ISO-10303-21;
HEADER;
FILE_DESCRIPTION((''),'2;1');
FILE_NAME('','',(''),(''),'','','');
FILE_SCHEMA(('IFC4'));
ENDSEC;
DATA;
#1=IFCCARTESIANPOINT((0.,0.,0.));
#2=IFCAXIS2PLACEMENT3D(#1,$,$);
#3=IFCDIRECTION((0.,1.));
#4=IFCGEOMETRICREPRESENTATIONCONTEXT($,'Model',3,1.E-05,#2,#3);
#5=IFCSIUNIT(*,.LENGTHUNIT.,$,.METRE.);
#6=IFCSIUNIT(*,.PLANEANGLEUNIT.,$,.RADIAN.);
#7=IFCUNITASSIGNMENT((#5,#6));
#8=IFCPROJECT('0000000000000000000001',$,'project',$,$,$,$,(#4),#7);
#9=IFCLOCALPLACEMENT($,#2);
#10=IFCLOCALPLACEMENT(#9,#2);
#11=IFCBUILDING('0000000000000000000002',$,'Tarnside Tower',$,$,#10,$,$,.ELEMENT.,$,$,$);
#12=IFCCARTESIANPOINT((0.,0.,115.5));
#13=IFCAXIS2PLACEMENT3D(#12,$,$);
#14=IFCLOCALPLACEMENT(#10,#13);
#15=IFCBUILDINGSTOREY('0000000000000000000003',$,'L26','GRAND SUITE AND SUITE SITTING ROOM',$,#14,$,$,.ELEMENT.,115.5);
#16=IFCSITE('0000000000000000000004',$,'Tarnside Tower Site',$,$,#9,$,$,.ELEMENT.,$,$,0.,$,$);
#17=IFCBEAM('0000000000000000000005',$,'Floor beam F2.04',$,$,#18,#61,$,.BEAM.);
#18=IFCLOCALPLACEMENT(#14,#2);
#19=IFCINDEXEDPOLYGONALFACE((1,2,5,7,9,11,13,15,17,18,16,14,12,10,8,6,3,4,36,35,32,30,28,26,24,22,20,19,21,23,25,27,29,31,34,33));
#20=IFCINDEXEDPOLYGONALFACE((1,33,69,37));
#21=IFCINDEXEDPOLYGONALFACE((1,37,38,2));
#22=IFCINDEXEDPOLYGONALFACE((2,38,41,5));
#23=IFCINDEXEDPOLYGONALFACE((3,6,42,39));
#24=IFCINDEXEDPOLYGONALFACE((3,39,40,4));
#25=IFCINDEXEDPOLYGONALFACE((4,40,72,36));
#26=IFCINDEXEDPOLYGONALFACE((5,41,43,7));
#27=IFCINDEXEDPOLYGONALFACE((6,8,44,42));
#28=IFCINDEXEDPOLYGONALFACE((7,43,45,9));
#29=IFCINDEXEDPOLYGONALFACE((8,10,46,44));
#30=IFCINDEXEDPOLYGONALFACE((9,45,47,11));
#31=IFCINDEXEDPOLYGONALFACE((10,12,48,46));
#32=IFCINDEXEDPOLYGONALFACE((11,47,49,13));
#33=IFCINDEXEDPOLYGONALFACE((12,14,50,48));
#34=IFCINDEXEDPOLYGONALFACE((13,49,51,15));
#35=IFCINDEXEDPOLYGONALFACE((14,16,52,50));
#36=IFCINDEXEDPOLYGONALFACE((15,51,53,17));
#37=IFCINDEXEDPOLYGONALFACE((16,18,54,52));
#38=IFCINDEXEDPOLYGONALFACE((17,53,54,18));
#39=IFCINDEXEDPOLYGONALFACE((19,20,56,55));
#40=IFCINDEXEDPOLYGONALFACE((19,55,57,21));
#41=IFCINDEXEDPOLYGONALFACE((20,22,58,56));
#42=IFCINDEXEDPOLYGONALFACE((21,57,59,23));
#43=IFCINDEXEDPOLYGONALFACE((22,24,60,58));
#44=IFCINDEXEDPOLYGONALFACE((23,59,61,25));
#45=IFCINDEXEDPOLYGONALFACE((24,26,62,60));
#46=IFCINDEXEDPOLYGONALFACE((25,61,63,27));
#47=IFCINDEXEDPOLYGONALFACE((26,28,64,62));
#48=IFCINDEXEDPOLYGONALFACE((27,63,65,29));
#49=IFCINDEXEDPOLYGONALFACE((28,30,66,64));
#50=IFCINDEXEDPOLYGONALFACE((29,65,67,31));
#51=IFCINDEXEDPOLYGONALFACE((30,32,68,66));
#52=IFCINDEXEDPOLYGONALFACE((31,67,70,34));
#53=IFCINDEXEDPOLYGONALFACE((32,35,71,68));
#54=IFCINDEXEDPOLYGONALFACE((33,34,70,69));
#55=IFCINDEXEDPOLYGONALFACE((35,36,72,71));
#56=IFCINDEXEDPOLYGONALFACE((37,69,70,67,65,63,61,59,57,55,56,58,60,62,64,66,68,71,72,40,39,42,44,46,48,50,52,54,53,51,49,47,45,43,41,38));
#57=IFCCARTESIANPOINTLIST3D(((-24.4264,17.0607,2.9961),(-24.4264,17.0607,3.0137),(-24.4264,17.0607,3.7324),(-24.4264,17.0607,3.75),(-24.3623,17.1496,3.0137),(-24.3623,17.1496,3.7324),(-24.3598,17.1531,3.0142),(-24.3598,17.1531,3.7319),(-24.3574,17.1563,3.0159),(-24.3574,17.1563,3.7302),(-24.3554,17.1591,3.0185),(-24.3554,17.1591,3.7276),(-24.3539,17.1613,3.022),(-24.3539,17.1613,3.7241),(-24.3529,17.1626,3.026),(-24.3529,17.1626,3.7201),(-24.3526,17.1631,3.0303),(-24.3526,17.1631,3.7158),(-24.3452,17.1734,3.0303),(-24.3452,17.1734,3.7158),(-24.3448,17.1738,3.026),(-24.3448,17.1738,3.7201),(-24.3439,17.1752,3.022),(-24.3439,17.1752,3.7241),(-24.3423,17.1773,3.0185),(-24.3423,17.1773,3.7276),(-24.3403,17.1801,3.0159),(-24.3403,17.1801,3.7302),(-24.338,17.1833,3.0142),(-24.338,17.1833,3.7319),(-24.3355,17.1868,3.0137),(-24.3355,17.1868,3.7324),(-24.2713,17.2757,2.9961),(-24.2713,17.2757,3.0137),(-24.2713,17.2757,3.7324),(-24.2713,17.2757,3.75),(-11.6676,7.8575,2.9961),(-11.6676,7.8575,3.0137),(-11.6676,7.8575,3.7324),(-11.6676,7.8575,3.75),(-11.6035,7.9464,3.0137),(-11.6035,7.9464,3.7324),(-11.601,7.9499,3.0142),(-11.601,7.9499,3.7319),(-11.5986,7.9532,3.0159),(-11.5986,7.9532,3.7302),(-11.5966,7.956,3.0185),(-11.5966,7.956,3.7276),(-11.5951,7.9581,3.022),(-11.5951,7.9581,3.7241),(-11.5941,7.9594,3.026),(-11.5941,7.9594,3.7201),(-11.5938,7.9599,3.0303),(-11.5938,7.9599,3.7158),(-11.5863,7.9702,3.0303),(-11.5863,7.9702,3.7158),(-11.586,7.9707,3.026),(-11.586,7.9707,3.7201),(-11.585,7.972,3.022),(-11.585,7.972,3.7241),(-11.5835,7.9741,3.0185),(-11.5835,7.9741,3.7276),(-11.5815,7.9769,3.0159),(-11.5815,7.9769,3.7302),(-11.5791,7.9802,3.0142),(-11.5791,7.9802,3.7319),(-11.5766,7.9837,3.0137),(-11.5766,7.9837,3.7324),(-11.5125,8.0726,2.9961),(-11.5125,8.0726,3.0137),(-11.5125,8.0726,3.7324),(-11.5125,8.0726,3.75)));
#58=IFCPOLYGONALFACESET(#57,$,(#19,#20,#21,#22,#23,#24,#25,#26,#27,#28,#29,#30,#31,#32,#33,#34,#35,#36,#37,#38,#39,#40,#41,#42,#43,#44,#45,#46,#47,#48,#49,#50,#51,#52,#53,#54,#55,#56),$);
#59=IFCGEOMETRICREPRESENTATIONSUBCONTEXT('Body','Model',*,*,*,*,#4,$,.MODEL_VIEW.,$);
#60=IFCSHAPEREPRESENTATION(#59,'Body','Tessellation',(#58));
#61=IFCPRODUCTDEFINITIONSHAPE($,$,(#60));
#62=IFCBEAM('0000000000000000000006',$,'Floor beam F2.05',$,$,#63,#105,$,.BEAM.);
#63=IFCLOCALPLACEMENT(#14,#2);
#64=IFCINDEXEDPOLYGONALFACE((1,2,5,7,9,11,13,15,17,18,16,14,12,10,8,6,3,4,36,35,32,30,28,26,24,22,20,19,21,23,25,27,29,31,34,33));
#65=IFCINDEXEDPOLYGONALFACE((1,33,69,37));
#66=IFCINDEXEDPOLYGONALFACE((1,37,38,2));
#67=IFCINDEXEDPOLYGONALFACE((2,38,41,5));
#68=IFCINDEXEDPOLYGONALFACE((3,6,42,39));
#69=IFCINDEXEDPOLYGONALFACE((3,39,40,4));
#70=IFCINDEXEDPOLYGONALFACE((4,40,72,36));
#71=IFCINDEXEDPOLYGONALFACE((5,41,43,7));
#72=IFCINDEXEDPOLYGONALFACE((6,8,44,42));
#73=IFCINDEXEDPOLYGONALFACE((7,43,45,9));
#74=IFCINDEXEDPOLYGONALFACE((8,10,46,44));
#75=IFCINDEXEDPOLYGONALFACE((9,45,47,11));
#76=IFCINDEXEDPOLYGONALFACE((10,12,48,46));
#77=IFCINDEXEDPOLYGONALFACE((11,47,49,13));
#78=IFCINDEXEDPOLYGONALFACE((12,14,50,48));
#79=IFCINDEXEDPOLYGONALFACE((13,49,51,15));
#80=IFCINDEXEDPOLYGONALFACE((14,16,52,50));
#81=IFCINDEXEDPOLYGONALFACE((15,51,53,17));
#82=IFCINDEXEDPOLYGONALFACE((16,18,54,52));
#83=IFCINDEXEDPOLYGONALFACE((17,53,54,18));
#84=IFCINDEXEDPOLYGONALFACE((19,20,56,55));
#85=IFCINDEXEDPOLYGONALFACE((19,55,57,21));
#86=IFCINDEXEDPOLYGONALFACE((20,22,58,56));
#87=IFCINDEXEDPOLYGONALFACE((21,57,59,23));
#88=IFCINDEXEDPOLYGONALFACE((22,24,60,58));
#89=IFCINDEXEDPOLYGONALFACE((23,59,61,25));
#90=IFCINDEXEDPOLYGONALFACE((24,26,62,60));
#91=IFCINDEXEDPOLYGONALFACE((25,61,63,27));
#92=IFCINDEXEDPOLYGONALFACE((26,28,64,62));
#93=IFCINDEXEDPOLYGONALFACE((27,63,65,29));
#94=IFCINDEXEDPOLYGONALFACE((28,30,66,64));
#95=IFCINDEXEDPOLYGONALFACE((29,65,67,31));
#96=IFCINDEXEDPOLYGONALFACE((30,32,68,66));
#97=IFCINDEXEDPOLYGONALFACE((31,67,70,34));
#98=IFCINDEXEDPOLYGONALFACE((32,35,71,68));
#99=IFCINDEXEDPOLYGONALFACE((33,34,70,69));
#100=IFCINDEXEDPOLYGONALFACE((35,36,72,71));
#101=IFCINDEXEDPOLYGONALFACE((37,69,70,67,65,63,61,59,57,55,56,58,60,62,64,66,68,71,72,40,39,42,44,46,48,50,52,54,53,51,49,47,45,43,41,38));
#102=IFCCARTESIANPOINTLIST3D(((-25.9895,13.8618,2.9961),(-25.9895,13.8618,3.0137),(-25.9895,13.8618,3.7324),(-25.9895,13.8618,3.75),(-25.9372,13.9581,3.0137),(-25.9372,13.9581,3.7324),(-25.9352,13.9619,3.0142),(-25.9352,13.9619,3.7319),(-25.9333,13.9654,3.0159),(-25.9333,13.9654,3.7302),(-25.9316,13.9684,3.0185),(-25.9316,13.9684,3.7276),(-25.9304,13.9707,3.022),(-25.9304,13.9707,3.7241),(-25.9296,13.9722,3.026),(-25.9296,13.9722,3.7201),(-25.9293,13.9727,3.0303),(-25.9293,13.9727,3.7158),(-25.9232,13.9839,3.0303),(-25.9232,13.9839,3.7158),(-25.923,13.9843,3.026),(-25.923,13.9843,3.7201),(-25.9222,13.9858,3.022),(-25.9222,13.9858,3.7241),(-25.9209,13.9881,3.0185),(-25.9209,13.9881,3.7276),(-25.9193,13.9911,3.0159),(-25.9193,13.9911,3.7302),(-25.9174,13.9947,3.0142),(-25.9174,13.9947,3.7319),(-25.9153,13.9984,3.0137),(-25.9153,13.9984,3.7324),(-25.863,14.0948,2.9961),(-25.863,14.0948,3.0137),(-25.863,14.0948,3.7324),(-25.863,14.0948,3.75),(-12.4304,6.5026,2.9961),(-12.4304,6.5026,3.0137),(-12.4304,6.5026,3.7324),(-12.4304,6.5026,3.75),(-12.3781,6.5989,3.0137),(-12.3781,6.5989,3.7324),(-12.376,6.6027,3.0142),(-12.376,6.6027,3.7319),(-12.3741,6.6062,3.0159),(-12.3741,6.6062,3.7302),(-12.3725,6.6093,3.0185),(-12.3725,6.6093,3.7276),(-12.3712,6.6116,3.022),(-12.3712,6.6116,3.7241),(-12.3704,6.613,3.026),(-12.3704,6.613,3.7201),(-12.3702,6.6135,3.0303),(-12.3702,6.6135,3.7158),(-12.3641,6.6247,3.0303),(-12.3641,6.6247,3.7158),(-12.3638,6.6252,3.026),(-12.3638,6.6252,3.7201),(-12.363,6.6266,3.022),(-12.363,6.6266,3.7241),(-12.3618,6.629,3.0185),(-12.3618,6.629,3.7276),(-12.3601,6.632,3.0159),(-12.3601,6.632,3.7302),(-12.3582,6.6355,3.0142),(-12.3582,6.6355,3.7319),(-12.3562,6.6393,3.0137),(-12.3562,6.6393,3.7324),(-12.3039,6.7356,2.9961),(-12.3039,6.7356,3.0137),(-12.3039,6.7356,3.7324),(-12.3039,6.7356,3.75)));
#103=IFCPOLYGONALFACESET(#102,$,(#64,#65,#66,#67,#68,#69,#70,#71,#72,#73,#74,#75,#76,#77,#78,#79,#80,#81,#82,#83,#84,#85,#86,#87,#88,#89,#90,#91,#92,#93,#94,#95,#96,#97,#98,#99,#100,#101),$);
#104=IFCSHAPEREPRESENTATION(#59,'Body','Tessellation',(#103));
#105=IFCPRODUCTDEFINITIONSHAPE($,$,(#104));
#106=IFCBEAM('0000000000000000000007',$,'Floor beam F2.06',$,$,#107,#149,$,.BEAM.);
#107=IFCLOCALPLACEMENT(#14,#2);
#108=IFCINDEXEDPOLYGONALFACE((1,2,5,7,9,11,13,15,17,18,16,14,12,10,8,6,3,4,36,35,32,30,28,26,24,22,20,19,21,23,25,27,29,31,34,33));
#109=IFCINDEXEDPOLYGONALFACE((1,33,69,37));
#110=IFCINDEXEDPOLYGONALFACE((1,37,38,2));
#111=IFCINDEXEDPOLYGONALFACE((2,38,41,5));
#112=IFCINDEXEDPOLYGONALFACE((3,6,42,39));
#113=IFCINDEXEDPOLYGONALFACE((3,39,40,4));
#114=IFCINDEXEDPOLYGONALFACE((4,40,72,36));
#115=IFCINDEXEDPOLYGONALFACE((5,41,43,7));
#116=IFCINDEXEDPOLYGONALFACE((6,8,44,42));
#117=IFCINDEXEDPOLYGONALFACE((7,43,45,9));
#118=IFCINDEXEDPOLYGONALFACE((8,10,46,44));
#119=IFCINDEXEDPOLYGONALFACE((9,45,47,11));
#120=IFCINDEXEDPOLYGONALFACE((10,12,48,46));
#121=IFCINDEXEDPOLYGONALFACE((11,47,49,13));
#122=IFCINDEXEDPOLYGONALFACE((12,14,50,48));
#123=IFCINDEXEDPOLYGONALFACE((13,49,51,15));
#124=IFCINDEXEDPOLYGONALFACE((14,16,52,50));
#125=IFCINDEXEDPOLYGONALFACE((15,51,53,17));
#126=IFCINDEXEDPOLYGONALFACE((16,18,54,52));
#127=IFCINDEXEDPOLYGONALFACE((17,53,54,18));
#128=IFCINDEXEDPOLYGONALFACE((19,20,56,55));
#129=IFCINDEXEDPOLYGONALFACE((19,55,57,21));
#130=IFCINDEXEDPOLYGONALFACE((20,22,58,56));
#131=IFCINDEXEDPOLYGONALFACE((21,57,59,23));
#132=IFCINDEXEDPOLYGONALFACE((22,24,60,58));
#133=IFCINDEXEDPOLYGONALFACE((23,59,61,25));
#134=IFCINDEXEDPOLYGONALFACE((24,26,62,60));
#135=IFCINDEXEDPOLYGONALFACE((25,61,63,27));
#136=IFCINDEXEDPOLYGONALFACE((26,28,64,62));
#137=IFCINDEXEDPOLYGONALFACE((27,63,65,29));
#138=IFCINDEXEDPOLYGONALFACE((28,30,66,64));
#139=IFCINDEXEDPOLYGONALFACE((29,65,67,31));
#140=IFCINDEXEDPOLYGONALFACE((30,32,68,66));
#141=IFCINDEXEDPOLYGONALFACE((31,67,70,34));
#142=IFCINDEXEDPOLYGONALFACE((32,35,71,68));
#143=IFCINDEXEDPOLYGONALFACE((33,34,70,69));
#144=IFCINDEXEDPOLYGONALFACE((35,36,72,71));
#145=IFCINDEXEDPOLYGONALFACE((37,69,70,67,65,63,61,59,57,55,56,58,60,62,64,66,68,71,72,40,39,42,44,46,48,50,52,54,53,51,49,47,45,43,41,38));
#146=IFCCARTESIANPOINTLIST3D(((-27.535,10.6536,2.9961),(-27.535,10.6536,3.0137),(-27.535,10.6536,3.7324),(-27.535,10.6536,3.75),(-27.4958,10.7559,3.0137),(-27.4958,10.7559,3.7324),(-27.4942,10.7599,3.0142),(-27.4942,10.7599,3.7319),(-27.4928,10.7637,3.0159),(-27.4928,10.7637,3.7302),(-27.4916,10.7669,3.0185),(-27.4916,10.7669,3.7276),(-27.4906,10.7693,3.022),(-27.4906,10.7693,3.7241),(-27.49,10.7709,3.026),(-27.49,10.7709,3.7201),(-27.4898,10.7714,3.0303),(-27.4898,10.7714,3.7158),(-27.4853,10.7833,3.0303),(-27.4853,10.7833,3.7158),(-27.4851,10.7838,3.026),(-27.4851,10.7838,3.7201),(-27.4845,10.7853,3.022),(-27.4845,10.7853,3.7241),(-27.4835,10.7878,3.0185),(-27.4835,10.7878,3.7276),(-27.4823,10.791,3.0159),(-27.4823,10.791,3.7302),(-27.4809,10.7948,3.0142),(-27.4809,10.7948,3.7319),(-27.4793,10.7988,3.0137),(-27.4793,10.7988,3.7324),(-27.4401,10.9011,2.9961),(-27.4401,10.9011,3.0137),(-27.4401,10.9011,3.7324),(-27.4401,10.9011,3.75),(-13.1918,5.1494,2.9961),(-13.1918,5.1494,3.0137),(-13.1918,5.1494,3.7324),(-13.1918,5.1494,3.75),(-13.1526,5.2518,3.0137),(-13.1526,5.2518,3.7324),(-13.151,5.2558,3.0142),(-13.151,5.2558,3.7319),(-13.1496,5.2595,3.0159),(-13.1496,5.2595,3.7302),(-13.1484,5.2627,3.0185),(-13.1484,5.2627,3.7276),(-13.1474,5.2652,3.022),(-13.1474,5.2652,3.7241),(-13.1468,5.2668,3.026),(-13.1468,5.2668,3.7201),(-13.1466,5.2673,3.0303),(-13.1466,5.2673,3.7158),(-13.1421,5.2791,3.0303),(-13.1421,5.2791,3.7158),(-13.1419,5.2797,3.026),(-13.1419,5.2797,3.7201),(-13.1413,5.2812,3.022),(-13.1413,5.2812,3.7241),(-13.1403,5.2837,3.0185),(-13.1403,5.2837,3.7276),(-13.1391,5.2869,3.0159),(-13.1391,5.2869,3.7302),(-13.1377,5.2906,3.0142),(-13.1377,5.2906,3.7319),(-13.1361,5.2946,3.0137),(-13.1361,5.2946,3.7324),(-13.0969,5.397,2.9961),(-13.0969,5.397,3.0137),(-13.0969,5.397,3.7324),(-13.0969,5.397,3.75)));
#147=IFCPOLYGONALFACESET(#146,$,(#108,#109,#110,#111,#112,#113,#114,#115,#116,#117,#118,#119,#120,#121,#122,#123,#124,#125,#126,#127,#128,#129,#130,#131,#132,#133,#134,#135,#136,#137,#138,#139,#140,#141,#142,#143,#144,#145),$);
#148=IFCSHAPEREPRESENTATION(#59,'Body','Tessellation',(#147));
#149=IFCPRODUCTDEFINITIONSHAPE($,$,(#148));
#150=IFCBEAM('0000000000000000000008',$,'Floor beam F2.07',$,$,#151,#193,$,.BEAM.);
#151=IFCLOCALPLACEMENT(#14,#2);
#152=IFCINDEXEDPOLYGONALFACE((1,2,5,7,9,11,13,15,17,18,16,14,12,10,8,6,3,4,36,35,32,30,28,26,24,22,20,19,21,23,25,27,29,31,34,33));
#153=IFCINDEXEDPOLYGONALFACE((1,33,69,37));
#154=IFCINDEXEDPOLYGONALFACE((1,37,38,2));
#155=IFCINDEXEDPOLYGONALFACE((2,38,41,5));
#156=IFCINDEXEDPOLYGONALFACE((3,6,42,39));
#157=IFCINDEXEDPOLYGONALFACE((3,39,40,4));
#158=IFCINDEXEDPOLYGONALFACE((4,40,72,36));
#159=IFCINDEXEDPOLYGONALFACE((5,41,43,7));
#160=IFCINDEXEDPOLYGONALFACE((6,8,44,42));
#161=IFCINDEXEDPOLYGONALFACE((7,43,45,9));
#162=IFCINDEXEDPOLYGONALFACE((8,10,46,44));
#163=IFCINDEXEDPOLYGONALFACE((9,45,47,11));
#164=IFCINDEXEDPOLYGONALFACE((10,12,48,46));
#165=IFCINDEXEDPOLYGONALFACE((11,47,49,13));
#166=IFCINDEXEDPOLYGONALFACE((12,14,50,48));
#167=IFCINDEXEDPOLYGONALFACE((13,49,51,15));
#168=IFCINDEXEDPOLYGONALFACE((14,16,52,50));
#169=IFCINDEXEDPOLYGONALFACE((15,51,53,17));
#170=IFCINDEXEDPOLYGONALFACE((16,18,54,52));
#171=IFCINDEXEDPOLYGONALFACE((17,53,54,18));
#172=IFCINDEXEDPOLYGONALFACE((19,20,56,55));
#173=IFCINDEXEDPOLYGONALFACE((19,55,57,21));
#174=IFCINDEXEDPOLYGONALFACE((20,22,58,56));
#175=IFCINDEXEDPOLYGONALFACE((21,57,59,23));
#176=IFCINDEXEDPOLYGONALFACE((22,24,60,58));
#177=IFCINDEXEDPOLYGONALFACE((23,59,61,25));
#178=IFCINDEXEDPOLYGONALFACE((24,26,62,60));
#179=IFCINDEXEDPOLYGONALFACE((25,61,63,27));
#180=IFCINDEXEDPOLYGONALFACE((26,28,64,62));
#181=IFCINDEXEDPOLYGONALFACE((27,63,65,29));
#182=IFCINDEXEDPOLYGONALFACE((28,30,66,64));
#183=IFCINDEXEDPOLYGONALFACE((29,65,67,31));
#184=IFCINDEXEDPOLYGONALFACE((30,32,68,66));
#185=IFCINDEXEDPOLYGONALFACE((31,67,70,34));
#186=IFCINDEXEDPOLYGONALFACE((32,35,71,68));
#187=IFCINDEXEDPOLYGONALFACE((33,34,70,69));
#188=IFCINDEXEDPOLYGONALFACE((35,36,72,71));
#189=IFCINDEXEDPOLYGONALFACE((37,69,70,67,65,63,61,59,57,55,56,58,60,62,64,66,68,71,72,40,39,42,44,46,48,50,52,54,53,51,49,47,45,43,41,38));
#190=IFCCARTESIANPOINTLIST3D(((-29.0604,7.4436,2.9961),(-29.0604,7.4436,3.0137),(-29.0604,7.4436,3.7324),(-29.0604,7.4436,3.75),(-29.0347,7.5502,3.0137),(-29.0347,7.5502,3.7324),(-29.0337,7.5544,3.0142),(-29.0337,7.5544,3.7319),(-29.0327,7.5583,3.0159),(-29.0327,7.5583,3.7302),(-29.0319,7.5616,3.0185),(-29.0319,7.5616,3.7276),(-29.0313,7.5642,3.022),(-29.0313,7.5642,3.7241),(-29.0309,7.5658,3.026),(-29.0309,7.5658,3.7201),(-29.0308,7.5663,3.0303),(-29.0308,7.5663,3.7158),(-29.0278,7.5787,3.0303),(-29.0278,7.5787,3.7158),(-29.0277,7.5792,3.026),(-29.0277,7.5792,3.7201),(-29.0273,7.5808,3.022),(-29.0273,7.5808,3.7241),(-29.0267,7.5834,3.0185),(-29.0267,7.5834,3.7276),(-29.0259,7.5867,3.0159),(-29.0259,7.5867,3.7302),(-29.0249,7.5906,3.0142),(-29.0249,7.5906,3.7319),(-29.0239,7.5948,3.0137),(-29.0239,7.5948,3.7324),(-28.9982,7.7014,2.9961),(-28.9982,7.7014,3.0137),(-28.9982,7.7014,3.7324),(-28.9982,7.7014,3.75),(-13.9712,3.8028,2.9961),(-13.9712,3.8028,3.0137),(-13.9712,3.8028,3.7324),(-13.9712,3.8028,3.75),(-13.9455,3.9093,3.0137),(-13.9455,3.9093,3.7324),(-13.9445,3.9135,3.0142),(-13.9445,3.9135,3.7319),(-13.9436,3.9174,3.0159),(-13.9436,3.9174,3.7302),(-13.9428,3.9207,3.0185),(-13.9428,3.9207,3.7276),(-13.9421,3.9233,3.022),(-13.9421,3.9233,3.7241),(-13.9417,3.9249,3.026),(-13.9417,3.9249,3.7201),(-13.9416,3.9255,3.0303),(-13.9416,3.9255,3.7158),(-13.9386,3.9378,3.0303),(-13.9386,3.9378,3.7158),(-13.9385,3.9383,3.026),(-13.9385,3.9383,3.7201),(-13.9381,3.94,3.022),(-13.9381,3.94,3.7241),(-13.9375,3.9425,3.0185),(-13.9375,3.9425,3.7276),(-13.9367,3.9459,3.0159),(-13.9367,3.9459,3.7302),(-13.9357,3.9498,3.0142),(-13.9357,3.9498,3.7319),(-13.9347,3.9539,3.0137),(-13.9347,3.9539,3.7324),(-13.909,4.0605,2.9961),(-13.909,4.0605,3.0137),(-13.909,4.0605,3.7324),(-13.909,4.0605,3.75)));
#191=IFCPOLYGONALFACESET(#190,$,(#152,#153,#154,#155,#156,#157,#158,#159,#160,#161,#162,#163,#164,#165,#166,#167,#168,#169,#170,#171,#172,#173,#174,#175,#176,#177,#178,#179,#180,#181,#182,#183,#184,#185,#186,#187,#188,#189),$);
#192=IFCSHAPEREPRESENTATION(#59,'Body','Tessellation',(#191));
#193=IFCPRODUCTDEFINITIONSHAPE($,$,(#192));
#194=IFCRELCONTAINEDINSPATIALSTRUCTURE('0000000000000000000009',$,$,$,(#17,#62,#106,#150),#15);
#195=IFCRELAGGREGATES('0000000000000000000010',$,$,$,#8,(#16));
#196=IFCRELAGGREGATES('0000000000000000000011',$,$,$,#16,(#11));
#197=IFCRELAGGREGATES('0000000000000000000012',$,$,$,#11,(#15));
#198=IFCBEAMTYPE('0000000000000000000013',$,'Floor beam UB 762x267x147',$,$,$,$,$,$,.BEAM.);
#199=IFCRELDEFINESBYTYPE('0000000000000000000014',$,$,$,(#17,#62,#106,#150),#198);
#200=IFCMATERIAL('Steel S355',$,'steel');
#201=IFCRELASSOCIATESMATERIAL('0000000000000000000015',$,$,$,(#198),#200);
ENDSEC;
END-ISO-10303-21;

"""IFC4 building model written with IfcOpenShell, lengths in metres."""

from ifc_helpers import new_model, si_unit, direction, frame, origin, origin_2d, place, context, subcontext, project, spatial, i_section, extrude, material, material_profile, profile_set, type_object, element, save


model = new_model("IFC4")

# Units and contexts
model_context = context("Model", 3, precision=1e-05, world=origin(), true_north=direction((0.0, 1.0)))
body_context = subcontext(model_context, "Body", "Model", "MODEL_VIEW")
ifc_project = project(units=[si_unit("LENGTHUNIT", "METRE"), si_unit("PLANEANGLEUNIT", "RADIAN")], contexts=[model_context])

# Site, building, storey
site_placement = place(None, origin())
site = spatial("IfcSite", under=ifc_project, at=site_placement, Name="Tarnside Tower Site", CompositionType="ELEMENT", RefElevation=0.0)
building_placement = place(site_placement, origin())
building = spatial("IfcBuilding", under=site, at=building_placement, Name="Tarnside Tower", CompositionType="ELEMENT")
storey_placement = place(building_placement, frame((0.0, 0.0, 115.5)))
storey = spatial("IfcBuildingStorey", under=building, at=storey_placement, Name="L26", Description="GRAND SUITE AND SUITE SITTING ROOM", CompositionType="ELEMENT", Elevation=115.5)

# Beams
ifc_material_1 = material(Name="Steel S355", Category="steel")
ifc_material_profile_1 = material_profile(ifc_material_1, i_section(OverallWidth=0.2651, OverallDepth=0.7539, WebThickness=0.0127, FlangeThickness=0.0176, FilletRadius=0.0166, at=origin_2d()), Name="UB 762x267x147")
ifc_profile_set_1 = profile_set([ifc_material_profile_1], Name="Steel S355")
beam_type_1 = type_object("IfcBeamType", Name="Floor beam UB 762x267x147", PredefinedType="BEAM", material=ifc_profile_set_1)
beam_1_placement = place(storey_placement, frame((-24.3489, 17.1682, 3.373), z_axis=(0.811028, -0.585008, 0.0), x_axis=(0.585008, 0.811028, 0.0)))
element("IfcBeam", 1, at=beam_1_placement, inside=storey, type_object=beam_type_1, Name="Floor beam F2.04", PredefinedType="BEAM", context=body_context, shape_type="SweptSolid", body=[
    extrude(i_section(OverallWidth=0.2651, OverallDepth=0.7539, WebThickness=0.0127, FlangeThickness=0.0176, FilletRadius=0.0166, at=origin_2d()), origin(), (0.0, 0.0, 1.0), 15.7317),
])
beam_2_placement = place(storey_placement, frame((-25.9263, 13.9783, 3.373), z_axis=(0.878895, -0.477016, 0.0), x_axis=(0.477016, 0.878895, 0.0)))
element("IfcBeam", 2, at=beam_2_placement, inside=storey, type_object=beam_type_1, Name="Floor beam F2.05", PredefinedType="BEAM", context=body_context, shape_type="SweptSolid", body=[
    extrude(i_section(OverallWidth=0.2651, OverallDepth=0.7539, WebThickness=0.0127, FlangeThickness=0.0176, FilletRadius=0.0166, at=origin_2d()), origin(), (0.0, 0.0, 1.0), 15.4275),
])
beam_3_placement = place(storey_placement, frame((-27.4875, 10.7773, 3.373), z_axis=(0.933618, -0.358271, 0.0), x_axis=(0.358271, 0.933618, 0.0)))
element("IfcBeam", 3, at=beam_3_placement, inside=storey, type_object=beam_type_1, Name="Floor beam F2.06", PredefinedType="BEAM", context=body_context, shape_type="SweptSolid", body=[
    extrude(i_section(OverallWidth=0.2651, OverallDepth=0.7539, WebThickness=0.0127, FlangeThickness=0.0176, FilletRadius=0.0166, at=origin_2d()), origin(), (0.0, 0.0, 1.0), 15.363),
])
beam_4_placement = place(storey_placement, frame((-29.0293, 7.5725, 3.373), z_axis=(0.972102, -0.23456, 0.0), x_axis=(0.23456, 0.972102, 0.0)))
element("IfcBeam", 4, at=beam_4_placement, inside=storey, type_object=beam_type_1, Name="Floor beam F2.07", PredefinedType="BEAM", context=body_context, shape_type="SweptSolid", body=[
    extrude(i_section(OverallWidth=0.2651, OverallDepth=0.7539, WebThickness=0.0127, FlangeThickness=0.0176, FilletRadius=0.0166, at=origin_2d()), origin(), (0.0, 0.0, 1.0), 15.5222),
])

save(model, "model.ifc")
